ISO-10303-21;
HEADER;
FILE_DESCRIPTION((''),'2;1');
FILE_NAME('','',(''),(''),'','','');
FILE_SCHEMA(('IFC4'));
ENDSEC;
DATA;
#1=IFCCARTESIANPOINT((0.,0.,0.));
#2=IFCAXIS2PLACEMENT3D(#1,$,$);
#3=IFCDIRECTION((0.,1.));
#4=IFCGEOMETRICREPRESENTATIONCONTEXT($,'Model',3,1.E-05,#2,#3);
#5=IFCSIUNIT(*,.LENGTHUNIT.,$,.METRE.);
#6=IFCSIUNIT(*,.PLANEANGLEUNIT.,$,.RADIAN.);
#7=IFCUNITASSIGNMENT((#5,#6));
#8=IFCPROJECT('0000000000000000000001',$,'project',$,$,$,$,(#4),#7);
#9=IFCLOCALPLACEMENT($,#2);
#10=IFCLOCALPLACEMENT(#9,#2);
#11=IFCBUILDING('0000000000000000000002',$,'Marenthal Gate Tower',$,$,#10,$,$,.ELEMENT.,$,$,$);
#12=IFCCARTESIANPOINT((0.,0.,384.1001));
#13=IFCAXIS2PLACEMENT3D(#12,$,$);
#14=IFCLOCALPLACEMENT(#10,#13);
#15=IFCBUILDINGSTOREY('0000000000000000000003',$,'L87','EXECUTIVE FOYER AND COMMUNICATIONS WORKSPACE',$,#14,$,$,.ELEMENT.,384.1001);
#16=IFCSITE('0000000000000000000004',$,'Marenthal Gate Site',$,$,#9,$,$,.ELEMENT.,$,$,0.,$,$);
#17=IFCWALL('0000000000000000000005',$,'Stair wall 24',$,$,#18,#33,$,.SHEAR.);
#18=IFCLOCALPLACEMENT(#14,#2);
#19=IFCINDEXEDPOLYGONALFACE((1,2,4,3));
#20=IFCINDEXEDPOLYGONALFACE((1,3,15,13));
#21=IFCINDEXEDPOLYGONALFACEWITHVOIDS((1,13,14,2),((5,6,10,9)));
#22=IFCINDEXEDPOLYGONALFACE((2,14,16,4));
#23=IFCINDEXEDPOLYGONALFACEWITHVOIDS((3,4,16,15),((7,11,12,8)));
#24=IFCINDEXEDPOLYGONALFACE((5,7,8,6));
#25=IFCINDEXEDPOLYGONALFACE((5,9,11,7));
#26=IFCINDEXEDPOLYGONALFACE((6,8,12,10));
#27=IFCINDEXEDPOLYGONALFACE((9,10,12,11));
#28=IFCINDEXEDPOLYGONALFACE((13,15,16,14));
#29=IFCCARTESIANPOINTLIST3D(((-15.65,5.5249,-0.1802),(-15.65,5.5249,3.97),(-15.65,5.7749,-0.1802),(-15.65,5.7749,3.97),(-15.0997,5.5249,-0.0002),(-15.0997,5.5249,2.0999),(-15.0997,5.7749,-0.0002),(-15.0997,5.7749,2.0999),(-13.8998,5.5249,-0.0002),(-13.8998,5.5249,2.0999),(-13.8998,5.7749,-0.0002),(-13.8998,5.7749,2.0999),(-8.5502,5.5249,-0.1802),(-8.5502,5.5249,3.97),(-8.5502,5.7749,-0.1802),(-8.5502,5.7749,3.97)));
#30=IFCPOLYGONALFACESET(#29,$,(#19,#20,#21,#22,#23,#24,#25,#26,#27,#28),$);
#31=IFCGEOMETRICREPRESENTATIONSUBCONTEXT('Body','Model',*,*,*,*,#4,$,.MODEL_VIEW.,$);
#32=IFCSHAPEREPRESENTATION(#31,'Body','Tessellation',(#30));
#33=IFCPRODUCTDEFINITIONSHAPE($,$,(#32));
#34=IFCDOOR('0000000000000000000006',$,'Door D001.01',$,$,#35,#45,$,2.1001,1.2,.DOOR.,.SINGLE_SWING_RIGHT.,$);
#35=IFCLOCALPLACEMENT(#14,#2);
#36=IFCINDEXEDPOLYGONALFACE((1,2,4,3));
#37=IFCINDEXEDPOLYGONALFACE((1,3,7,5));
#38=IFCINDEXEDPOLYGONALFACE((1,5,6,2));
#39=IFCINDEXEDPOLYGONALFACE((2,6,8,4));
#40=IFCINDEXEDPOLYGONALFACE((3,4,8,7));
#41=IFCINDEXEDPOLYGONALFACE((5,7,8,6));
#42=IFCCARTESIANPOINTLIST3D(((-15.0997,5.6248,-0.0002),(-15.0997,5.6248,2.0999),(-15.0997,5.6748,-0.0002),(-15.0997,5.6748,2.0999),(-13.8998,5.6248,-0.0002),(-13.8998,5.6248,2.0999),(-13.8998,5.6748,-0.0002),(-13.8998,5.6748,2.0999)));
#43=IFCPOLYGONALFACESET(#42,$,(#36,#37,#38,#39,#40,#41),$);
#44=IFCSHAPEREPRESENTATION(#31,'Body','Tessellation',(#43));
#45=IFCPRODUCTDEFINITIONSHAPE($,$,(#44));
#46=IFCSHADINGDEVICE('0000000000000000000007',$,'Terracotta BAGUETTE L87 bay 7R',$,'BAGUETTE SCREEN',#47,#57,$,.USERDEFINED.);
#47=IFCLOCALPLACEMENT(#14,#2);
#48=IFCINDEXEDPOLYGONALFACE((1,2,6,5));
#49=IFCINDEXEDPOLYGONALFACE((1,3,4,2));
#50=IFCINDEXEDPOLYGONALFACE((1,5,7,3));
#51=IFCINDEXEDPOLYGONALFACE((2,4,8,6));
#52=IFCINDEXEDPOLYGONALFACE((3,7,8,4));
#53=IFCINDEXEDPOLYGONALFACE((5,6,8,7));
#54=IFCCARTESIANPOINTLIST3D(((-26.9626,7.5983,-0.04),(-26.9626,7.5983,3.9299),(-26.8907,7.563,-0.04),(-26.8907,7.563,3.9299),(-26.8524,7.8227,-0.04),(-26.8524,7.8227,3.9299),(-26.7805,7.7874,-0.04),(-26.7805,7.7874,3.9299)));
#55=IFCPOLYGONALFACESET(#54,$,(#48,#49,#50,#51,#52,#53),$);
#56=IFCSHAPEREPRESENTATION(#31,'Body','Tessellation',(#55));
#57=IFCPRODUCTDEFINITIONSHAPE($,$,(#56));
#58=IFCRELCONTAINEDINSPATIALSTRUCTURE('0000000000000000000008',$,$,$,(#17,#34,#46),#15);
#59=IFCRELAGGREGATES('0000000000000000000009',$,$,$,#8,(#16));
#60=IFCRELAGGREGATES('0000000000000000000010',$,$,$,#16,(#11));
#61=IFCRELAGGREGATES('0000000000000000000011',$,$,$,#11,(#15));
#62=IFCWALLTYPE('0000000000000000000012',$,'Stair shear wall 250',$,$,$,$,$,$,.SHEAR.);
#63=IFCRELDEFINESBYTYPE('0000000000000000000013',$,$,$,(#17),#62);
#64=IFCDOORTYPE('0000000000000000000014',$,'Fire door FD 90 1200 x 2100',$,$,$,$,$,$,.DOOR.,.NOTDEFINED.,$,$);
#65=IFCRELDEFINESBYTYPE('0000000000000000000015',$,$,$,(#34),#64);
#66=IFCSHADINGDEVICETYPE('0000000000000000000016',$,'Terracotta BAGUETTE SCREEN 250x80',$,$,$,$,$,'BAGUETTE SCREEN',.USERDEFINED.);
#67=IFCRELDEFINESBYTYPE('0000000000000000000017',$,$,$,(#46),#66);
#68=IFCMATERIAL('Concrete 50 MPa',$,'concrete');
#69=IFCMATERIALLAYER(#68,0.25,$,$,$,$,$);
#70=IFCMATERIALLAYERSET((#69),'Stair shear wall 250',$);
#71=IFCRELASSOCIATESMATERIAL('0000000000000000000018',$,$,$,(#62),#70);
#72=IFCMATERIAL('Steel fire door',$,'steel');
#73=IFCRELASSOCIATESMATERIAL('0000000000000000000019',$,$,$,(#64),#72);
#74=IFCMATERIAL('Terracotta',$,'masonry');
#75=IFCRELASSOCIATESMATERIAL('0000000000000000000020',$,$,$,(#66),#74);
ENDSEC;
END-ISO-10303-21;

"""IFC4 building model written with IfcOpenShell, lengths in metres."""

from ifc_helpers import new_model, si_unit, direction, frame, frame_2d, origin, origin_2d, place, context, subcontext, project, spatial, rectangle, extrude, material, layer, layer_set, material_profile, profile_set, type_object, element, fill, save


model = new_model("IFC4")

# Units and contexts
model_context = context("Model", 3, precision=1e-05, world=origin(), true_north=direction((0.0, 1.0)))
body_context = subcontext(model_context, "Body", "Model", "MODEL_VIEW")
ifc_project = project(units=[si_unit("LENGTHUNIT", "METRE"), si_unit("PLANEANGLEUNIT", "RADIAN")], contexts=[model_context])

# Site, building, storey
site_placement = place(None, origin())
site = spatial("IfcSite", under=ifc_project, at=site_placement, Name="Marenthal Gate Site", CompositionType="ELEMENT", RefElevation=0.0)
building_placement = place(site_placement, origin())
building = spatial("IfcBuilding", under=site, at=building_placement, Name="Marenthal Gate Tower", CompositionType="ELEMENT")
storey_placement = place(building_placement, frame((0.0, 0.0, 384.1001)))
storey = spatial("IfcBuildingStorey", under=building, at=storey_placement, Name="L87", Description="EXECUTIVE FOYER AND COMMUNICATIONS WORKSPACE", CompositionType="ELEMENT", Elevation=384.1001)

# Wall, opening, door
ifc_material_1 = material(Name="Concrete 50 MPa", Category="concrete")
ifc_layer_1 = layer(ifc_material_1, 0.25)
ifc_layer_set_1 = layer_set([ifc_layer_1], Name="Stair shear wall 250")
wall_type_1 = type_object("IfcWallType", Name="Stair shear wall 250", PredefinedType="SHEAR", material=ifc_layer_set_1)
wall_1_placement = place(storey_placement, frame((-15.6499, 5.6499, -0.1802), z_axis=(0.0, 0.0, 1.0), x_axis=(1.0, 0.0, 0.0)))
wall_1 = element("IfcWall", 1, at=wall_1_placement, inside=storey, type_object=wall_type_1, Name="Stair wall 24", PredefinedType="SHEAR", context=body_context, shape_type="SweptSolid", body=[
    extrude(rectangle(XDim=7.0999, YDim=0.25, at=frame_2d((3.5498, 0.0))), origin(), (0.0, 0.0, 1.0), 4.1501),
])
opening_placement = place(wall_1_placement, frame((0.55, 0.0, 0.1799)))
opening = element("IfcOpeningElement", 2, at=opening_placement, cuts=wall_1, PredefinedType="OPENING", context=body_context, shape_type="SweptSolid", body=[
    extrude(rectangle(XDim=1.2, YDim=2.1001, at=frame_2d((0.6001, 1.05))), frame((0.0, 0.135, 0.0), z_axis=(0.0, -1.0, 0.0), x_axis=(1.0, 0.0, 0.0)), (0.0, 0.0, 1.0), 0.27),
])
ifc_material_2 = material(Name="Steel fire door", Category="steel")
door_type = type_object("IfcDoorType", Name="Fire door FD 90 1200 x 2100", OperationType="NOTDEFINED", PredefinedType="DOOR", material=ifc_material_2)
door_placement = place(opening_placement, origin())
door = element("IfcDoor", 3, at=door_placement, inside=storey, type_object=door_type, Name="Door D001.01", OperationType="SINGLE_SWING_RIGHT", OverallHeight=2.1001, OverallWidth=1.2, PredefinedType="DOOR", context=body_context, shape_type="SweptSolid", body=[
    extrude(rectangle(XDim=1.2, YDim=2.1001, at=frame_2d((0.6001, 1.05))), frame((0.0, 0.0249, 0.0), z_axis=(0.0, -1.0, 0.0), x_axis=(1.0, 0.0, 0.0)), (0.0, 0.0, 1.0), 0.05),
])
fill(opening, door)

# Shading device
ifc_material_3 = material(Name="Terracotta", Category="masonry")
ifc_material_profile_1 = material_profile(ifc_material_3, rectangle(XDim=0.25, YDim=0.0801, at=origin_2d()), Name="Terracotta baguette 250x80")
ifc_profile_set_1 = profile_set([ifc_material_profile_1], Name="Terracotta")
shading_device_type = type_object("IfcShadingDeviceType", Name="Terracotta BAGUETTE SCREEN 250x80", ElementType="BAGUETTE SCREEN", PredefinedType="USERDEFINED", material=ifc_profile_set_1)
shading_device_placement = place(storey_placement, frame((-26.8716, 7.6929, -0.04), z_axis=(0.0, 0.0, 1.0), x_axis=(-0.44081, -0.8976, 0.0)))
element("IfcShadingDevice", 4, at=shading_device_placement, inside=storey, type_object=shading_device_type, Name="Terracotta BAGUETTE L87 bay 7R", ObjectType="BAGUETTE SCREEN", PredefinedType="USERDEFINED", context=body_context, shape_type="SweptSolid", body=[
    extrude(rectangle(XDim=0.25, YDim=0.0801, at=origin_2d()), origin(), (0.0, 0.0, 1.0), 3.97),
])

save(model, "model.ifc")
